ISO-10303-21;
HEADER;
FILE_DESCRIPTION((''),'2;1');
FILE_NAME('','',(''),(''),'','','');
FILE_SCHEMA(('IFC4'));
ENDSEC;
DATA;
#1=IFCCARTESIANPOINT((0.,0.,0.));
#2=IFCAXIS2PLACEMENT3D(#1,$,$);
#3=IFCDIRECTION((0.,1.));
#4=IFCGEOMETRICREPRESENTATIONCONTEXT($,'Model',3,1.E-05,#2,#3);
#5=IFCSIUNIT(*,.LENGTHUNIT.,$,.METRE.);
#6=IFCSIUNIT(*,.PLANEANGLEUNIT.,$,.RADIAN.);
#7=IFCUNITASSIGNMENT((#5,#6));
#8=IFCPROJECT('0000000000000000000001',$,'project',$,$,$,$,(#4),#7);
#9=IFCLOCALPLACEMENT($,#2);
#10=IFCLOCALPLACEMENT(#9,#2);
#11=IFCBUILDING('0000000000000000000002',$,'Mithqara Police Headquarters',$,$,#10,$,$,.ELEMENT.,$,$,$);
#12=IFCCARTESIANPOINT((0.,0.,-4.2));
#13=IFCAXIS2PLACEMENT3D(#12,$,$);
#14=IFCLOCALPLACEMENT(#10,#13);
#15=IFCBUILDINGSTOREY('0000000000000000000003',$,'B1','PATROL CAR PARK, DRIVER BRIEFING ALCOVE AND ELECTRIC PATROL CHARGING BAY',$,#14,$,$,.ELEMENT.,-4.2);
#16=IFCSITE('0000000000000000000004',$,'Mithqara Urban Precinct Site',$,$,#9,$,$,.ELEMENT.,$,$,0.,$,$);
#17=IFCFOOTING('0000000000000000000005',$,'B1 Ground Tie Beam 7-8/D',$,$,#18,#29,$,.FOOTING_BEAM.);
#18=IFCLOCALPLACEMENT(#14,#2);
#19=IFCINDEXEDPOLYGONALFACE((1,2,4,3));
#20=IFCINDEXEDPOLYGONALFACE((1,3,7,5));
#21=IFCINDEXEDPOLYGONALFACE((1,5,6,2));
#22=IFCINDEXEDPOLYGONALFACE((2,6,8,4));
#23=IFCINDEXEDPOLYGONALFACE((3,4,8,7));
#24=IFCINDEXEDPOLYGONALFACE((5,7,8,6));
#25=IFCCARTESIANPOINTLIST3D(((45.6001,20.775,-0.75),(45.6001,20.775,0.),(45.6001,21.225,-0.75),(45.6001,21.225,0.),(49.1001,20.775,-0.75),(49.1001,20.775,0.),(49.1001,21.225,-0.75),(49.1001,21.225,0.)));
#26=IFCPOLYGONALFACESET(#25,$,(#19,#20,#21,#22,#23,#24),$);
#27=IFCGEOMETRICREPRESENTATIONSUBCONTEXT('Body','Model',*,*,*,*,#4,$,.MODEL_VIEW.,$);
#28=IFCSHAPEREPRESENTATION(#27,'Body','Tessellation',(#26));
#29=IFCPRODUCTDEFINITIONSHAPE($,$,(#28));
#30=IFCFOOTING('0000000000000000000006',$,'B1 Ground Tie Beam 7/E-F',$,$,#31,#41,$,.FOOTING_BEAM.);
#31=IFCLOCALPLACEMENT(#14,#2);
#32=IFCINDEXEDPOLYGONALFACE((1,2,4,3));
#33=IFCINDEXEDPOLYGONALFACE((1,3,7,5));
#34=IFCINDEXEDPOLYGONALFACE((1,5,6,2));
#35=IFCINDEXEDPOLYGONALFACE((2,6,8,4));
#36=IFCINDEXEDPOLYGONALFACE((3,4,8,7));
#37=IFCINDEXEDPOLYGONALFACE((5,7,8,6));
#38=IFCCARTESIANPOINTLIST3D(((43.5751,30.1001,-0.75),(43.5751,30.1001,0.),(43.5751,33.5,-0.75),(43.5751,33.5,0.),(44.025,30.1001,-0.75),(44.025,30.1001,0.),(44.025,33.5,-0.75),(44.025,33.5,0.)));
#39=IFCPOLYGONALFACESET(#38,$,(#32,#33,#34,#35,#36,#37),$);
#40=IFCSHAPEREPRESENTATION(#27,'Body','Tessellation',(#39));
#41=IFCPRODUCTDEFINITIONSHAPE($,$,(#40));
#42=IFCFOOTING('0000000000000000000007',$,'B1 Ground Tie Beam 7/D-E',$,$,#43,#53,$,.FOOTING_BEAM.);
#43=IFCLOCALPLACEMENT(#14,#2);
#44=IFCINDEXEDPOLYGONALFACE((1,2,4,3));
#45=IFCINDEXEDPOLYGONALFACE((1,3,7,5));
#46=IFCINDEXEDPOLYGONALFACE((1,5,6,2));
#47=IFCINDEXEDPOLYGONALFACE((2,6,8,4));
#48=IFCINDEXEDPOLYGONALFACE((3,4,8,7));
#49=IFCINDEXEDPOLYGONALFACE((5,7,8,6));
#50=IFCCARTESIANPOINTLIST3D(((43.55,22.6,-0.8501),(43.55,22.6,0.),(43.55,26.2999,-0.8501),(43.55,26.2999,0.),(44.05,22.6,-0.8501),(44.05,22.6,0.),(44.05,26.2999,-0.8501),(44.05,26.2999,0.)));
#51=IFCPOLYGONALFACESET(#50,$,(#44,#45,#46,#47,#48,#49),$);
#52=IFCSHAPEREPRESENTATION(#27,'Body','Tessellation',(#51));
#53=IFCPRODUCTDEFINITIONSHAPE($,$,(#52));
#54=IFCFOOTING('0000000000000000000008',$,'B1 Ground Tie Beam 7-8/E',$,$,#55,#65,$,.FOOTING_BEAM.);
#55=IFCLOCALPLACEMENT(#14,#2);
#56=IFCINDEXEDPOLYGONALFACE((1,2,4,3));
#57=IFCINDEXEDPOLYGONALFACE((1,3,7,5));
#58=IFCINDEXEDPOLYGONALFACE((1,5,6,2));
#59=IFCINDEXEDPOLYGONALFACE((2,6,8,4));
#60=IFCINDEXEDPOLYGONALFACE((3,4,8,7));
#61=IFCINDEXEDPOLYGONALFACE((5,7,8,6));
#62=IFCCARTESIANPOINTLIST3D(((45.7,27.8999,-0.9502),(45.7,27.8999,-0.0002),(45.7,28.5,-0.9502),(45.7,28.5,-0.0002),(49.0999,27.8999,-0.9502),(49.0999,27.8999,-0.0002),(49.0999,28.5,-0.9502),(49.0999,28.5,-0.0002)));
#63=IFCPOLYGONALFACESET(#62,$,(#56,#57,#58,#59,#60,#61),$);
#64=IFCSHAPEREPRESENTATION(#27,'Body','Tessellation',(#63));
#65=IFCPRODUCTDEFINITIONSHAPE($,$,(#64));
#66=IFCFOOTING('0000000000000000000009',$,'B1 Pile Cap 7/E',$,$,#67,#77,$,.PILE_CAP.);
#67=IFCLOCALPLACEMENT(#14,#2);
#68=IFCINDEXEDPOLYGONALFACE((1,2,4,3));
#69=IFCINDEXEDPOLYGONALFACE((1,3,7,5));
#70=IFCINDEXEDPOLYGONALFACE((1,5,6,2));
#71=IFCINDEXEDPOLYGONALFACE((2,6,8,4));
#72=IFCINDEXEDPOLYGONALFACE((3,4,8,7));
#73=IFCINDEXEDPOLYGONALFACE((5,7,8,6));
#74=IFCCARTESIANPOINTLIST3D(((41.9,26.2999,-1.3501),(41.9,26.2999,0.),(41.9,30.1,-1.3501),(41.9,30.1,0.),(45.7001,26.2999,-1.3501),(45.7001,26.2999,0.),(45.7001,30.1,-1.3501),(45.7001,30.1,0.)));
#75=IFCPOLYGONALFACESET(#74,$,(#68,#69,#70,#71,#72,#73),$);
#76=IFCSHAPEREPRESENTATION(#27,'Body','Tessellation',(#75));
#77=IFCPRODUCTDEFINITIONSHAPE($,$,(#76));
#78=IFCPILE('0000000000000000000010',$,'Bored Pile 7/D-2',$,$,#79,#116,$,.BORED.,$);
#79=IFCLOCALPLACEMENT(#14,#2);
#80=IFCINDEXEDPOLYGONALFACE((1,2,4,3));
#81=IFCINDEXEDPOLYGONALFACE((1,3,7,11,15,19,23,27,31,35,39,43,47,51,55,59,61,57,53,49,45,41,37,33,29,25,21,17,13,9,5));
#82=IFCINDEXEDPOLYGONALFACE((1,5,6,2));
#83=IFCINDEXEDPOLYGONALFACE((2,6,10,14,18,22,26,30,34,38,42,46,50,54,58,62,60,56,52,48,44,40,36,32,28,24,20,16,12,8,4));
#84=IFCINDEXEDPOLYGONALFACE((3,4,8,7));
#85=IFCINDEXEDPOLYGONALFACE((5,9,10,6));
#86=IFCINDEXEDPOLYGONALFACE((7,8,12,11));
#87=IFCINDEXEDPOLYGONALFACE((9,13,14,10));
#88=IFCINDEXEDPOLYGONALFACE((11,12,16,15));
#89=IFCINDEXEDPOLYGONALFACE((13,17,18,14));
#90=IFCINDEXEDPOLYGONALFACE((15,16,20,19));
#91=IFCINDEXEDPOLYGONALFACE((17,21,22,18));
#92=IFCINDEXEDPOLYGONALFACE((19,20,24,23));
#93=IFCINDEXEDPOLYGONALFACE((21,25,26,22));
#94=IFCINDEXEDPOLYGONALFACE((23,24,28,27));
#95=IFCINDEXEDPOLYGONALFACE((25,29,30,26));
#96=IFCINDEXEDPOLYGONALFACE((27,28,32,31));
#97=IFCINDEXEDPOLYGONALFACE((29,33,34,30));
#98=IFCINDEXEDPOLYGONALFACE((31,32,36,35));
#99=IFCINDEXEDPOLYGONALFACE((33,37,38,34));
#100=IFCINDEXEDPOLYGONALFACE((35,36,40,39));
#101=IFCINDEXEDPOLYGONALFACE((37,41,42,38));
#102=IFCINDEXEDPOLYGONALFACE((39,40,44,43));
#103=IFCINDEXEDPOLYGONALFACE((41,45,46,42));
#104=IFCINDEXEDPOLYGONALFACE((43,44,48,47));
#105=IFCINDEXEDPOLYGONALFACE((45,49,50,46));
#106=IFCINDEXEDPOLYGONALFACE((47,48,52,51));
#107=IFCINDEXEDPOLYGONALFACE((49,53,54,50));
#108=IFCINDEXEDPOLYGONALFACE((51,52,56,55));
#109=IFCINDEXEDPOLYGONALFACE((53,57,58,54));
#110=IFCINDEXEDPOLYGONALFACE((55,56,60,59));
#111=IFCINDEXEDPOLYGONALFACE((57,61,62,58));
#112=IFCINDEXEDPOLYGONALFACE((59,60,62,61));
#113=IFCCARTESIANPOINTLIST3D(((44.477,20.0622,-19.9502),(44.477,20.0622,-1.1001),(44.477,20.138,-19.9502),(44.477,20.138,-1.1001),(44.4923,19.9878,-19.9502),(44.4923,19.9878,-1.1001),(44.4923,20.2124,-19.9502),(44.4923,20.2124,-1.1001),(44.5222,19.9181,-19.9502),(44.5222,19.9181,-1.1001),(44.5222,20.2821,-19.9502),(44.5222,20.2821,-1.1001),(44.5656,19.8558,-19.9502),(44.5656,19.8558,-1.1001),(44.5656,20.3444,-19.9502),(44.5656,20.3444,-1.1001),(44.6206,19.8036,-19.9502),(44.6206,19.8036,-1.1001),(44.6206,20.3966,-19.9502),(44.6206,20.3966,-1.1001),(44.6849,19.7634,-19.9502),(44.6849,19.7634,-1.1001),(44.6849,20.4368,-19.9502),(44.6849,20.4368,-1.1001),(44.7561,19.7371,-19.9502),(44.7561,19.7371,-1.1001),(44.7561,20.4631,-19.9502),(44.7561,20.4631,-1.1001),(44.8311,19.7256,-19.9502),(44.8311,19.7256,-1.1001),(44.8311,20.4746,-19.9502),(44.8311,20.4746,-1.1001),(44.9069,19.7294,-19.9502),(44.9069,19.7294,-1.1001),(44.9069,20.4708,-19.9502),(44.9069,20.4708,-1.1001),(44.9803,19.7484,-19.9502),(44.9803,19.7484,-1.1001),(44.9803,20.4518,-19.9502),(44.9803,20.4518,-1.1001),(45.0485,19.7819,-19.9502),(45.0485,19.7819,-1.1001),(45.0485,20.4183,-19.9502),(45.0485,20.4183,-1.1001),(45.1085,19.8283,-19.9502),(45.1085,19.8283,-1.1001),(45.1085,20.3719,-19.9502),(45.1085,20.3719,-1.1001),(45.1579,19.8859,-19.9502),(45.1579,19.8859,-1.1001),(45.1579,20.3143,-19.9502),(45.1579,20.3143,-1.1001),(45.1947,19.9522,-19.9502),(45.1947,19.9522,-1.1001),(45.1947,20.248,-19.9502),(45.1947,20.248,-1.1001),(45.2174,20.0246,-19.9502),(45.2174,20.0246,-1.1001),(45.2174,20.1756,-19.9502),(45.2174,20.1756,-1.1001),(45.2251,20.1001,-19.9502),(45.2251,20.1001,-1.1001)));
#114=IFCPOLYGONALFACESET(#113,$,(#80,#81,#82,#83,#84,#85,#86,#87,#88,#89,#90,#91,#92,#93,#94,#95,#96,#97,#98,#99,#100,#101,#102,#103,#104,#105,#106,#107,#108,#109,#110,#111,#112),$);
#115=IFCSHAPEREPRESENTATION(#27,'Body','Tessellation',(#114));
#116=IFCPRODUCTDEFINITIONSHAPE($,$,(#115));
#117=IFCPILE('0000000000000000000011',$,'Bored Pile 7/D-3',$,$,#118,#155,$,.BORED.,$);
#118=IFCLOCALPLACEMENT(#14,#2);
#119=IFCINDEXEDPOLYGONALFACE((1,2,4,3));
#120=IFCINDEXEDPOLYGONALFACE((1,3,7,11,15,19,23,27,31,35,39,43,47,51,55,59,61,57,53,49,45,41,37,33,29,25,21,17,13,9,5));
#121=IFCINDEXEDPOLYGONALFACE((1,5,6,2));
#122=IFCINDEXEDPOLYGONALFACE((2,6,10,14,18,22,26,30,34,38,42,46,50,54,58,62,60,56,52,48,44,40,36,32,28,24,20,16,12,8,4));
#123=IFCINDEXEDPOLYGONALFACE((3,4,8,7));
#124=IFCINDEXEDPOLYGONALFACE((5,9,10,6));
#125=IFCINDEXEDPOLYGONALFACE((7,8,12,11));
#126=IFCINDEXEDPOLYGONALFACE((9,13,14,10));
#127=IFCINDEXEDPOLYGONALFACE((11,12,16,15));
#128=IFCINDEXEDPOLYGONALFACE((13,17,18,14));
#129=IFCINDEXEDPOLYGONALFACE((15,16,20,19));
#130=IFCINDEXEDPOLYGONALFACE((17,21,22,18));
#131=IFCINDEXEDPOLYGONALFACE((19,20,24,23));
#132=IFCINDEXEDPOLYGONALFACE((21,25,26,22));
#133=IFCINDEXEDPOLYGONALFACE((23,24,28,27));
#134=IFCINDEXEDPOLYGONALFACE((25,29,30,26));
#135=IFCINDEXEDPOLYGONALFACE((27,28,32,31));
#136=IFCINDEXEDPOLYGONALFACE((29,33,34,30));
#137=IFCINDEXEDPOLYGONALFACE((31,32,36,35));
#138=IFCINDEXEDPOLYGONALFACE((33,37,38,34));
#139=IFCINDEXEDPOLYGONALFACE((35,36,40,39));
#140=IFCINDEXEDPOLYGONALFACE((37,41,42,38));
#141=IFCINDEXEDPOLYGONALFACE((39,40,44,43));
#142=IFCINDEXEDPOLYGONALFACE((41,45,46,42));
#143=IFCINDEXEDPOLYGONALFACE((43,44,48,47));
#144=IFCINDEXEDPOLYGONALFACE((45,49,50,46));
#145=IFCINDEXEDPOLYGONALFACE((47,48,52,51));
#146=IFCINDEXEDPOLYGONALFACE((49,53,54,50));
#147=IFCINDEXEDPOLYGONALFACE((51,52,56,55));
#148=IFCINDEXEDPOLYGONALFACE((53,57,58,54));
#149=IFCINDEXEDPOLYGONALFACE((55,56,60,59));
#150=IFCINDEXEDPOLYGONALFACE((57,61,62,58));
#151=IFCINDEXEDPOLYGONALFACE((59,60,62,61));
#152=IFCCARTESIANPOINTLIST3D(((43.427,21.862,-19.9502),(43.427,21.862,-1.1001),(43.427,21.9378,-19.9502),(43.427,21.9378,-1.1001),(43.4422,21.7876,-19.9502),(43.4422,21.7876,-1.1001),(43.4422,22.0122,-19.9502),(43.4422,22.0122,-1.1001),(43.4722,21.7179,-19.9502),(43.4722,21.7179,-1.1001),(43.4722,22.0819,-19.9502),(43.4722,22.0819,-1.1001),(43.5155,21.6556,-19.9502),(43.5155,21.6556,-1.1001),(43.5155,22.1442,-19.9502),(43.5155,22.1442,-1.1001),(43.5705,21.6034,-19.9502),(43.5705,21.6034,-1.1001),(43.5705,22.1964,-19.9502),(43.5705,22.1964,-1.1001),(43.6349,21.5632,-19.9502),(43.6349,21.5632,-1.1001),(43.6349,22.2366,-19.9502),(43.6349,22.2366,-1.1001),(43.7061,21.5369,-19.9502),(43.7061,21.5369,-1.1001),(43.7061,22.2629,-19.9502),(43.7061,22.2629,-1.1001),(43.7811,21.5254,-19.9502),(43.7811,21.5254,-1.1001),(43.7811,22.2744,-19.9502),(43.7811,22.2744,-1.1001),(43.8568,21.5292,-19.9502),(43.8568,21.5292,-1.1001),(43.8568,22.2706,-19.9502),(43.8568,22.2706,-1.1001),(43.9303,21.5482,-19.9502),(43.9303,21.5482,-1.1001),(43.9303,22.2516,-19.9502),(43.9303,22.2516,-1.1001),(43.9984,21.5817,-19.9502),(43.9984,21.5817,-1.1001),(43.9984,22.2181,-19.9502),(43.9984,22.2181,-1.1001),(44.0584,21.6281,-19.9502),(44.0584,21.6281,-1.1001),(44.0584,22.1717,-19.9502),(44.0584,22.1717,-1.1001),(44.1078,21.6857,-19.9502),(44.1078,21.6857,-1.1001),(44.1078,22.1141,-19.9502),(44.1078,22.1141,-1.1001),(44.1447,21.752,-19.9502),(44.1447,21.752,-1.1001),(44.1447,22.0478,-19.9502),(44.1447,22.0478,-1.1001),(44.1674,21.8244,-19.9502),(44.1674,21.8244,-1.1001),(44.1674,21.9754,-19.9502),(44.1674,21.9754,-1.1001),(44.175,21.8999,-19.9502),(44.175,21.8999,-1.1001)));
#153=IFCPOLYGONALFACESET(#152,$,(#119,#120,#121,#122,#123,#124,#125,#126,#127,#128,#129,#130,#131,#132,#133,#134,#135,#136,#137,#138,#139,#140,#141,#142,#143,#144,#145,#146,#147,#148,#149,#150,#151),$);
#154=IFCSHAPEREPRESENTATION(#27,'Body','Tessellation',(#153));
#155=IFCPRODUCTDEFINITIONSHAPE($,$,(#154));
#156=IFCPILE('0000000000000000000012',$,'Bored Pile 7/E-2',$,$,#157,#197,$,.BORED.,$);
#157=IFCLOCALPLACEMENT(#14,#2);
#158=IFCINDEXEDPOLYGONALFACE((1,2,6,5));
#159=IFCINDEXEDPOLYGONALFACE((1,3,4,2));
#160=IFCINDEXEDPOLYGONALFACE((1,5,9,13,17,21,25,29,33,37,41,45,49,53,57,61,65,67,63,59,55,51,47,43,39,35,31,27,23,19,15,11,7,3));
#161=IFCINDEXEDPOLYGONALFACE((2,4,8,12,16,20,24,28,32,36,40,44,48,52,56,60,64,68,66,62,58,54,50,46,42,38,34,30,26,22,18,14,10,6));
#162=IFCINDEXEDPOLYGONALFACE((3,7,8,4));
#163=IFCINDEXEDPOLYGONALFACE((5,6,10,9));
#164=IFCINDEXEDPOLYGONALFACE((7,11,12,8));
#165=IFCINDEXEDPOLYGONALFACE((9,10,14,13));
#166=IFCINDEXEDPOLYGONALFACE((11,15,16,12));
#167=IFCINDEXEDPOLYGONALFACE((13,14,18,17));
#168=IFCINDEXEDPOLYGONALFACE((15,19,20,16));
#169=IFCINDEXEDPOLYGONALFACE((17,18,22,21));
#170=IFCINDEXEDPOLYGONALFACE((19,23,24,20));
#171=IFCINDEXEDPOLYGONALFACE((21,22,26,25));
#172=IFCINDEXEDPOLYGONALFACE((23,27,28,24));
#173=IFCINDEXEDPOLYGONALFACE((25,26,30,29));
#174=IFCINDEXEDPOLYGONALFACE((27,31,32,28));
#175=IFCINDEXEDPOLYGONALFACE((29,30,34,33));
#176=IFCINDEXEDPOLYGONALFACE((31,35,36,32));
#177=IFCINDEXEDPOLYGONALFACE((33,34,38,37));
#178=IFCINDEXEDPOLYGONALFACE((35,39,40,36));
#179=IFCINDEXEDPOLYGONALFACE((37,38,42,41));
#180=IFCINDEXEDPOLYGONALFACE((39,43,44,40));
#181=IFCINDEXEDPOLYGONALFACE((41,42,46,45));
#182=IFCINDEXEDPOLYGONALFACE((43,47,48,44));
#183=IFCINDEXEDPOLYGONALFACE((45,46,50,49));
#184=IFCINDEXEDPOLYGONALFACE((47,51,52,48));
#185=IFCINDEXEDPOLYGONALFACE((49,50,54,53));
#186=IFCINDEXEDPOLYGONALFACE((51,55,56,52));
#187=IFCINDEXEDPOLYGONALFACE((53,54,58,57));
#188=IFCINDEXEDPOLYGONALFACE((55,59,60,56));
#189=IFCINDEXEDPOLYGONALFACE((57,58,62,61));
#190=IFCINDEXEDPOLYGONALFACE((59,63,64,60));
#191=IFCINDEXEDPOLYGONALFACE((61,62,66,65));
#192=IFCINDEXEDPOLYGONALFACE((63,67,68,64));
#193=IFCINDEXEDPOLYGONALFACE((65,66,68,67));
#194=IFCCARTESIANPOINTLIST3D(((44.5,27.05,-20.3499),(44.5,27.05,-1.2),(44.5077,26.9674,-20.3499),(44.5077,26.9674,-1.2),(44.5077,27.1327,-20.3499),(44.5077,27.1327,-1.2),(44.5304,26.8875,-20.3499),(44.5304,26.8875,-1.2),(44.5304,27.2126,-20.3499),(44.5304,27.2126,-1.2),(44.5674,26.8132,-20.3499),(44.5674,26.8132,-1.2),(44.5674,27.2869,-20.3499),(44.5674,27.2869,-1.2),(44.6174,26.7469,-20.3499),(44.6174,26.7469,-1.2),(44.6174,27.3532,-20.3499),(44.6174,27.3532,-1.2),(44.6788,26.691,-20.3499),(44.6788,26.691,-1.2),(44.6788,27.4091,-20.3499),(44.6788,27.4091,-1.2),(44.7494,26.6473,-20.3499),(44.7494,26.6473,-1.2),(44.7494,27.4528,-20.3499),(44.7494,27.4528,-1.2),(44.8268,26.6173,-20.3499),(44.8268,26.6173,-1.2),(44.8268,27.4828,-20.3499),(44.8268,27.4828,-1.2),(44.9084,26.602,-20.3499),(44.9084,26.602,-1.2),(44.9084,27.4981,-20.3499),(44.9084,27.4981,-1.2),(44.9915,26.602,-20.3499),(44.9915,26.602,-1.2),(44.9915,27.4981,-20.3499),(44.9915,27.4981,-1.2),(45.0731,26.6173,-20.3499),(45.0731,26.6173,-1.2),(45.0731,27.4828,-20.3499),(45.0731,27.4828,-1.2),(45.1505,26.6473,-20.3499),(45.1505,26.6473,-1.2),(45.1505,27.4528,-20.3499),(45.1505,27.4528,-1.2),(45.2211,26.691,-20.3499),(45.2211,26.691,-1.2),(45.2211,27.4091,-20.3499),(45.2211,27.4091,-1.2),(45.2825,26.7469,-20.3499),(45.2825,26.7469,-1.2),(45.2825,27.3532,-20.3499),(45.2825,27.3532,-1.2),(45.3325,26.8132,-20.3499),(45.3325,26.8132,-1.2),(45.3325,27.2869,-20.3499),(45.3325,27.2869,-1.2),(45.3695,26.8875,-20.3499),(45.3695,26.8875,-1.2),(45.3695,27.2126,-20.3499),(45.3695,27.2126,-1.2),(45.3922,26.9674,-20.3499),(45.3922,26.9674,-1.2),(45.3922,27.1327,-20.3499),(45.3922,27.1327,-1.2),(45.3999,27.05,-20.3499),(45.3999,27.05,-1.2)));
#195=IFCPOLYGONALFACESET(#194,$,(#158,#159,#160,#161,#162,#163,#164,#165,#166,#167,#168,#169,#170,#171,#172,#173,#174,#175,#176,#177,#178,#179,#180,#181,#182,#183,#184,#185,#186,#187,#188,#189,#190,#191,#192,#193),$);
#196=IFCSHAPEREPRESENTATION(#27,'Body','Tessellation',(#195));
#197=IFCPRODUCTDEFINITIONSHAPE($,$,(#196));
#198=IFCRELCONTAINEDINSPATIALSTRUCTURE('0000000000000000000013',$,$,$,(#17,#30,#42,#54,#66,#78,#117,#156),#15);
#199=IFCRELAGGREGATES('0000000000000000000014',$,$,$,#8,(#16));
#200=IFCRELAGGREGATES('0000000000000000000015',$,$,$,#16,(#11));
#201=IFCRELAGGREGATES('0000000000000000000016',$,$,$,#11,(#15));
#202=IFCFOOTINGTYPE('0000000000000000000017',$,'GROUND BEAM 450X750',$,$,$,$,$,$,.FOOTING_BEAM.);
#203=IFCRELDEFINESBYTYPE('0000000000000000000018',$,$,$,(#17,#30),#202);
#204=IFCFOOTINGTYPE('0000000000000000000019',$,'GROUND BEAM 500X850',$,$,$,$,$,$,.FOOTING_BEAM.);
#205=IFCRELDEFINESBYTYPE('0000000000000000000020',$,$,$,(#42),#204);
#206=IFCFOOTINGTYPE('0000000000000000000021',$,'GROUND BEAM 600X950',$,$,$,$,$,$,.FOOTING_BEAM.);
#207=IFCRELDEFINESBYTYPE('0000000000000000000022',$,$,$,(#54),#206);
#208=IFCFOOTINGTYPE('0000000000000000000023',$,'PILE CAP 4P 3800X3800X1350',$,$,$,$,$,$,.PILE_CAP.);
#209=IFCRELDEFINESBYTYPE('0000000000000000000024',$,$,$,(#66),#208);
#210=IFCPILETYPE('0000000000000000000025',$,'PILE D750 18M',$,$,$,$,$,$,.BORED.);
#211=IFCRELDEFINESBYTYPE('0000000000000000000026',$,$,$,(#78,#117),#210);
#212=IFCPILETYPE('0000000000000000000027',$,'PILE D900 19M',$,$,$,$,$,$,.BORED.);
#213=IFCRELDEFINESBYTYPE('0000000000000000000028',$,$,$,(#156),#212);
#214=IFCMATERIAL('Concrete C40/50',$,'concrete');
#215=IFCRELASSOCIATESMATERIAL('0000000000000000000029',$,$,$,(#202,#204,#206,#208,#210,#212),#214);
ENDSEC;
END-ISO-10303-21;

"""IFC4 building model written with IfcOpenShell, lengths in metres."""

from ifc_helpers import new_model, si_unit, direction, frame, origin, origin_2d, place, context, subcontext, project, spatial, rectangle, circle, extrude, material, material_profile, profile_set, type_object, element, save


model = new_model("IFC4")

# Units and contexts
model_context = context("Model", 3, precision=1e-05, world=origin(), true_north=direction((0.0, 1.0)))
body_context = subcontext(model_context, "Body", "Model", "MODEL_VIEW")
ifc_project = project(units=[si_unit("LENGTHUNIT", "METRE"), si_unit("PLANEANGLEUNIT", "RADIAN")], contexts=[model_context])

# Site, building, storey
site_placement = place(None, origin())
site = spatial("IfcSite", under=ifc_project, at=site_placement, Name="Mithqara Urban Precinct Site", CompositionType="ELEMENT", RefElevation=0.0)
building_placement = place(site_placement, origin())
building = spatial("IfcBuilding", under=site, at=building_placement, Name="Mithqara Police Headquarters", CompositionType="ELEMENT")
storey_placement = place(building_placement, frame((0.0, 0.0, -4.2)))
storey = spatial("IfcBuildingStorey", under=building, at=storey_placement, Name="B1", Description="PATROL CAR PARK, DRIVER BRIEFING ALCOVE AND ELECTRIC PATROL CHARGING BAY", CompositionType="ELEMENT", Elevation=-4.2)

# Footings
ifc_material_1 = material(Name="Concrete C40/50", Category="concrete")
footing_type_1 = type_object("IfcFootingType", Name="GROUND BEAM 450X750", PredefinedType="FOOTING_BEAM", material=ifc_material_1)
footing_1_placement = place(storey_placement, frame((47.3501, 21.0, -0.75), z_axis=(0.0, 0.0, 1.0), x_axis=(1.0, 0.0, 0.0)))
element("IfcFooting", 1, at=footing_1_placement, inside=storey, type_object=footing_type_1, Name="B1 Ground Tie Beam 7-8/D", PredefinedType="FOOTING_BEAM", context=body_context, shape_type="SweptSolid", body=[
    extrude(rectangle(XDim=3.5, YDim=0.45, at=origin_2d()), origin(), (0.0, 0.0, 1.0), 0.75),
])
footing_2_placement = place(storey_placement, frame((43.8, 31.8, -0.75), z_axis=(0.0, 0.0, 1.0), x_axis=(1.0, 0.0, 0.0)))
element("IfcFooting", 2, at=footing_2_placement, inside=storey, type_object=footing_type_1, Name="B1 Ground Tie Beam 7/E-F", PredefinedType="FOOTING_BEAM", context=body_context, shape_type="SweptSolid", body=[
    extrude(rectangle(XDim=0.45, YDim=3.3999, at=origin_2d()), origin(), (0.0, 0.0, 1.0), 0.75),
])
footing_type_2 = type_object("IfcFootingType", Name="GROUND BEAM 500X850", PredefinedType="FOOTING_BEAM", material=ifc_material_1)
footing_3_placement = place(storey_placement, frame((43.8, 24.45, -0.8501), z_axis=(0.0, 0.0, 1.0), x_axis=(1.0, 0.0, 0.0)))
element("IfcFooting", 3, at=footing_3_placement, inside=storey, type_object=footing_type_2, Name="B1 Ground Tie Beam 7/D-E", PredefinedType="FOOTING_BEAM", context=body_context, shape_type="SweptSolid", body=[
    extrude(rectangle(XDim=0.5, YDim=3.7, at=origin_2d()), origin(), (0.0, 0.0, 1.0), 0.8501),
])
footing_type_3 = type_object("IfcFootingType", Name="GROUND BEAM 600X950", PredefinedType="FOOTING_BEAM", material=ifc_material_1)
footing_4_placement = place(storey_placement, frame((47.3999, 28.2, -0.9502), z_axis=(0.0, 0.0, 1.0), x_axis=(1.0, 0.0, 0.0)))
element("IfcFooting", 4, at=footing_4_placement, inside=storey, type_object=footing_type_3, Name="B1 Ground Tie Beam 7-8/E", PredefinedType="FOOTING_BEAM", context=body_context, shape_type="SweptSolid", body=[
    extrude(rectangle(XDim=3.3999, YDim=0.6001, at=origin_2d()), origin(), (0.0, 0.0, 1.0), 0.95),
])
footing_type_4 = type_object("IfcFootingType", Name="PILE CAP 4P 3800X3800X1350", PredefinedType="PILE_CAP", material=ifc_material_1)
footing_5_placement = place(storey_placement, frame((43.8, 28.2, -1.3501), z_axis=(0.0, 0.0, 1.0), x_axis=(1.0, 0.0, 0.0)))
element("IfcFooting", 5, at=footing_5_placement, inside=storey, type_object=footing_type_4, Name="B1 Pile Cap 7/E", PredefinedType="PILE_CAP", context=body_context, shape_type="SweptSolid", body=[
    extrude(rectangle(XDim=3.8, YDim=3.8, at=origin_2d()), origin(), (0.0, 0.0, 1.0), 1.3501),
])

# Piles
ifc_material_profile_1 = material_profile(ifc_material_1, circle(Radius=0.375, at=origin_2d()), Name="PILE D750")
ifc_profile_set_1 = profile_set([ifc_material_profile_1], Name="Concrete C40/50")
pile_type_1 = type_object("IfcPileType", Name="PILE D750 18M", PredefinedType="BORED", material=ifc_profile_set_1)
for number, where, z_axis, x_axis, name in (
    (6, (44.8501, 20.1001, -1.1001), (0.0, 0.0, -1.0), (1.0, 0.0, 0.0), "Bored Pile 7/D-2"),
    (7, (43.8, 21.8999, -1.1001), (0.0, 0.0, -1.0), (1.0, 0.0, 0.0), "Bored Pile 7/D-3"),
):
    element("IfcPile", number, at=place(storey_placement, frame(where, z_axis=z_axis, x_axis=x_axis)), inside=storey, type_object=pile_type_1, Name=name, PredefinedType="BORED", context=body_context, shape_type="SweptSolid", body=[
        extrude(circle(Radius=0.375, at=origin_2d()), origin(), (0.0, 0.0, 1.0), 18.8501),
    ])
ifc_material_profile_2 = material_profile(ifc_material_1, circle(Radius=0.45, at=origin_2d()), Name="PILE D900")
ifc_profile_set_2 = profile_set([ifc_material_profile_2], Name="Concrete C40/50")
pile_type_2 = type_object("IfcPileType", Name="PILE D900 19M", PredefinedType="BORED", material=ifc_profile_set_2)
for number, where, z_axis, x_axis, name in (
    (8, (44.95, 27.05, -1.2), (0.0, 0.0, -1.0), (1.0, 0.0, 0.0), "Bored Pile 7/E-2"),
):
    element("IfcPile", number, at=place(storey_placement, frame(where, z_axis=z_axis, x_axis=x_axis)), inside=storey, type_object=pile_type_2, Name=name, PredefinedType="BORED", context=body_context, shape_type="SweptSolid", body=[
        extrude(circle(Radius=0.45, at=origin_2d()), origin(), (0.0, 0.0, 1.0), 19.1499),
    ])

save(model, "model.ifc")
